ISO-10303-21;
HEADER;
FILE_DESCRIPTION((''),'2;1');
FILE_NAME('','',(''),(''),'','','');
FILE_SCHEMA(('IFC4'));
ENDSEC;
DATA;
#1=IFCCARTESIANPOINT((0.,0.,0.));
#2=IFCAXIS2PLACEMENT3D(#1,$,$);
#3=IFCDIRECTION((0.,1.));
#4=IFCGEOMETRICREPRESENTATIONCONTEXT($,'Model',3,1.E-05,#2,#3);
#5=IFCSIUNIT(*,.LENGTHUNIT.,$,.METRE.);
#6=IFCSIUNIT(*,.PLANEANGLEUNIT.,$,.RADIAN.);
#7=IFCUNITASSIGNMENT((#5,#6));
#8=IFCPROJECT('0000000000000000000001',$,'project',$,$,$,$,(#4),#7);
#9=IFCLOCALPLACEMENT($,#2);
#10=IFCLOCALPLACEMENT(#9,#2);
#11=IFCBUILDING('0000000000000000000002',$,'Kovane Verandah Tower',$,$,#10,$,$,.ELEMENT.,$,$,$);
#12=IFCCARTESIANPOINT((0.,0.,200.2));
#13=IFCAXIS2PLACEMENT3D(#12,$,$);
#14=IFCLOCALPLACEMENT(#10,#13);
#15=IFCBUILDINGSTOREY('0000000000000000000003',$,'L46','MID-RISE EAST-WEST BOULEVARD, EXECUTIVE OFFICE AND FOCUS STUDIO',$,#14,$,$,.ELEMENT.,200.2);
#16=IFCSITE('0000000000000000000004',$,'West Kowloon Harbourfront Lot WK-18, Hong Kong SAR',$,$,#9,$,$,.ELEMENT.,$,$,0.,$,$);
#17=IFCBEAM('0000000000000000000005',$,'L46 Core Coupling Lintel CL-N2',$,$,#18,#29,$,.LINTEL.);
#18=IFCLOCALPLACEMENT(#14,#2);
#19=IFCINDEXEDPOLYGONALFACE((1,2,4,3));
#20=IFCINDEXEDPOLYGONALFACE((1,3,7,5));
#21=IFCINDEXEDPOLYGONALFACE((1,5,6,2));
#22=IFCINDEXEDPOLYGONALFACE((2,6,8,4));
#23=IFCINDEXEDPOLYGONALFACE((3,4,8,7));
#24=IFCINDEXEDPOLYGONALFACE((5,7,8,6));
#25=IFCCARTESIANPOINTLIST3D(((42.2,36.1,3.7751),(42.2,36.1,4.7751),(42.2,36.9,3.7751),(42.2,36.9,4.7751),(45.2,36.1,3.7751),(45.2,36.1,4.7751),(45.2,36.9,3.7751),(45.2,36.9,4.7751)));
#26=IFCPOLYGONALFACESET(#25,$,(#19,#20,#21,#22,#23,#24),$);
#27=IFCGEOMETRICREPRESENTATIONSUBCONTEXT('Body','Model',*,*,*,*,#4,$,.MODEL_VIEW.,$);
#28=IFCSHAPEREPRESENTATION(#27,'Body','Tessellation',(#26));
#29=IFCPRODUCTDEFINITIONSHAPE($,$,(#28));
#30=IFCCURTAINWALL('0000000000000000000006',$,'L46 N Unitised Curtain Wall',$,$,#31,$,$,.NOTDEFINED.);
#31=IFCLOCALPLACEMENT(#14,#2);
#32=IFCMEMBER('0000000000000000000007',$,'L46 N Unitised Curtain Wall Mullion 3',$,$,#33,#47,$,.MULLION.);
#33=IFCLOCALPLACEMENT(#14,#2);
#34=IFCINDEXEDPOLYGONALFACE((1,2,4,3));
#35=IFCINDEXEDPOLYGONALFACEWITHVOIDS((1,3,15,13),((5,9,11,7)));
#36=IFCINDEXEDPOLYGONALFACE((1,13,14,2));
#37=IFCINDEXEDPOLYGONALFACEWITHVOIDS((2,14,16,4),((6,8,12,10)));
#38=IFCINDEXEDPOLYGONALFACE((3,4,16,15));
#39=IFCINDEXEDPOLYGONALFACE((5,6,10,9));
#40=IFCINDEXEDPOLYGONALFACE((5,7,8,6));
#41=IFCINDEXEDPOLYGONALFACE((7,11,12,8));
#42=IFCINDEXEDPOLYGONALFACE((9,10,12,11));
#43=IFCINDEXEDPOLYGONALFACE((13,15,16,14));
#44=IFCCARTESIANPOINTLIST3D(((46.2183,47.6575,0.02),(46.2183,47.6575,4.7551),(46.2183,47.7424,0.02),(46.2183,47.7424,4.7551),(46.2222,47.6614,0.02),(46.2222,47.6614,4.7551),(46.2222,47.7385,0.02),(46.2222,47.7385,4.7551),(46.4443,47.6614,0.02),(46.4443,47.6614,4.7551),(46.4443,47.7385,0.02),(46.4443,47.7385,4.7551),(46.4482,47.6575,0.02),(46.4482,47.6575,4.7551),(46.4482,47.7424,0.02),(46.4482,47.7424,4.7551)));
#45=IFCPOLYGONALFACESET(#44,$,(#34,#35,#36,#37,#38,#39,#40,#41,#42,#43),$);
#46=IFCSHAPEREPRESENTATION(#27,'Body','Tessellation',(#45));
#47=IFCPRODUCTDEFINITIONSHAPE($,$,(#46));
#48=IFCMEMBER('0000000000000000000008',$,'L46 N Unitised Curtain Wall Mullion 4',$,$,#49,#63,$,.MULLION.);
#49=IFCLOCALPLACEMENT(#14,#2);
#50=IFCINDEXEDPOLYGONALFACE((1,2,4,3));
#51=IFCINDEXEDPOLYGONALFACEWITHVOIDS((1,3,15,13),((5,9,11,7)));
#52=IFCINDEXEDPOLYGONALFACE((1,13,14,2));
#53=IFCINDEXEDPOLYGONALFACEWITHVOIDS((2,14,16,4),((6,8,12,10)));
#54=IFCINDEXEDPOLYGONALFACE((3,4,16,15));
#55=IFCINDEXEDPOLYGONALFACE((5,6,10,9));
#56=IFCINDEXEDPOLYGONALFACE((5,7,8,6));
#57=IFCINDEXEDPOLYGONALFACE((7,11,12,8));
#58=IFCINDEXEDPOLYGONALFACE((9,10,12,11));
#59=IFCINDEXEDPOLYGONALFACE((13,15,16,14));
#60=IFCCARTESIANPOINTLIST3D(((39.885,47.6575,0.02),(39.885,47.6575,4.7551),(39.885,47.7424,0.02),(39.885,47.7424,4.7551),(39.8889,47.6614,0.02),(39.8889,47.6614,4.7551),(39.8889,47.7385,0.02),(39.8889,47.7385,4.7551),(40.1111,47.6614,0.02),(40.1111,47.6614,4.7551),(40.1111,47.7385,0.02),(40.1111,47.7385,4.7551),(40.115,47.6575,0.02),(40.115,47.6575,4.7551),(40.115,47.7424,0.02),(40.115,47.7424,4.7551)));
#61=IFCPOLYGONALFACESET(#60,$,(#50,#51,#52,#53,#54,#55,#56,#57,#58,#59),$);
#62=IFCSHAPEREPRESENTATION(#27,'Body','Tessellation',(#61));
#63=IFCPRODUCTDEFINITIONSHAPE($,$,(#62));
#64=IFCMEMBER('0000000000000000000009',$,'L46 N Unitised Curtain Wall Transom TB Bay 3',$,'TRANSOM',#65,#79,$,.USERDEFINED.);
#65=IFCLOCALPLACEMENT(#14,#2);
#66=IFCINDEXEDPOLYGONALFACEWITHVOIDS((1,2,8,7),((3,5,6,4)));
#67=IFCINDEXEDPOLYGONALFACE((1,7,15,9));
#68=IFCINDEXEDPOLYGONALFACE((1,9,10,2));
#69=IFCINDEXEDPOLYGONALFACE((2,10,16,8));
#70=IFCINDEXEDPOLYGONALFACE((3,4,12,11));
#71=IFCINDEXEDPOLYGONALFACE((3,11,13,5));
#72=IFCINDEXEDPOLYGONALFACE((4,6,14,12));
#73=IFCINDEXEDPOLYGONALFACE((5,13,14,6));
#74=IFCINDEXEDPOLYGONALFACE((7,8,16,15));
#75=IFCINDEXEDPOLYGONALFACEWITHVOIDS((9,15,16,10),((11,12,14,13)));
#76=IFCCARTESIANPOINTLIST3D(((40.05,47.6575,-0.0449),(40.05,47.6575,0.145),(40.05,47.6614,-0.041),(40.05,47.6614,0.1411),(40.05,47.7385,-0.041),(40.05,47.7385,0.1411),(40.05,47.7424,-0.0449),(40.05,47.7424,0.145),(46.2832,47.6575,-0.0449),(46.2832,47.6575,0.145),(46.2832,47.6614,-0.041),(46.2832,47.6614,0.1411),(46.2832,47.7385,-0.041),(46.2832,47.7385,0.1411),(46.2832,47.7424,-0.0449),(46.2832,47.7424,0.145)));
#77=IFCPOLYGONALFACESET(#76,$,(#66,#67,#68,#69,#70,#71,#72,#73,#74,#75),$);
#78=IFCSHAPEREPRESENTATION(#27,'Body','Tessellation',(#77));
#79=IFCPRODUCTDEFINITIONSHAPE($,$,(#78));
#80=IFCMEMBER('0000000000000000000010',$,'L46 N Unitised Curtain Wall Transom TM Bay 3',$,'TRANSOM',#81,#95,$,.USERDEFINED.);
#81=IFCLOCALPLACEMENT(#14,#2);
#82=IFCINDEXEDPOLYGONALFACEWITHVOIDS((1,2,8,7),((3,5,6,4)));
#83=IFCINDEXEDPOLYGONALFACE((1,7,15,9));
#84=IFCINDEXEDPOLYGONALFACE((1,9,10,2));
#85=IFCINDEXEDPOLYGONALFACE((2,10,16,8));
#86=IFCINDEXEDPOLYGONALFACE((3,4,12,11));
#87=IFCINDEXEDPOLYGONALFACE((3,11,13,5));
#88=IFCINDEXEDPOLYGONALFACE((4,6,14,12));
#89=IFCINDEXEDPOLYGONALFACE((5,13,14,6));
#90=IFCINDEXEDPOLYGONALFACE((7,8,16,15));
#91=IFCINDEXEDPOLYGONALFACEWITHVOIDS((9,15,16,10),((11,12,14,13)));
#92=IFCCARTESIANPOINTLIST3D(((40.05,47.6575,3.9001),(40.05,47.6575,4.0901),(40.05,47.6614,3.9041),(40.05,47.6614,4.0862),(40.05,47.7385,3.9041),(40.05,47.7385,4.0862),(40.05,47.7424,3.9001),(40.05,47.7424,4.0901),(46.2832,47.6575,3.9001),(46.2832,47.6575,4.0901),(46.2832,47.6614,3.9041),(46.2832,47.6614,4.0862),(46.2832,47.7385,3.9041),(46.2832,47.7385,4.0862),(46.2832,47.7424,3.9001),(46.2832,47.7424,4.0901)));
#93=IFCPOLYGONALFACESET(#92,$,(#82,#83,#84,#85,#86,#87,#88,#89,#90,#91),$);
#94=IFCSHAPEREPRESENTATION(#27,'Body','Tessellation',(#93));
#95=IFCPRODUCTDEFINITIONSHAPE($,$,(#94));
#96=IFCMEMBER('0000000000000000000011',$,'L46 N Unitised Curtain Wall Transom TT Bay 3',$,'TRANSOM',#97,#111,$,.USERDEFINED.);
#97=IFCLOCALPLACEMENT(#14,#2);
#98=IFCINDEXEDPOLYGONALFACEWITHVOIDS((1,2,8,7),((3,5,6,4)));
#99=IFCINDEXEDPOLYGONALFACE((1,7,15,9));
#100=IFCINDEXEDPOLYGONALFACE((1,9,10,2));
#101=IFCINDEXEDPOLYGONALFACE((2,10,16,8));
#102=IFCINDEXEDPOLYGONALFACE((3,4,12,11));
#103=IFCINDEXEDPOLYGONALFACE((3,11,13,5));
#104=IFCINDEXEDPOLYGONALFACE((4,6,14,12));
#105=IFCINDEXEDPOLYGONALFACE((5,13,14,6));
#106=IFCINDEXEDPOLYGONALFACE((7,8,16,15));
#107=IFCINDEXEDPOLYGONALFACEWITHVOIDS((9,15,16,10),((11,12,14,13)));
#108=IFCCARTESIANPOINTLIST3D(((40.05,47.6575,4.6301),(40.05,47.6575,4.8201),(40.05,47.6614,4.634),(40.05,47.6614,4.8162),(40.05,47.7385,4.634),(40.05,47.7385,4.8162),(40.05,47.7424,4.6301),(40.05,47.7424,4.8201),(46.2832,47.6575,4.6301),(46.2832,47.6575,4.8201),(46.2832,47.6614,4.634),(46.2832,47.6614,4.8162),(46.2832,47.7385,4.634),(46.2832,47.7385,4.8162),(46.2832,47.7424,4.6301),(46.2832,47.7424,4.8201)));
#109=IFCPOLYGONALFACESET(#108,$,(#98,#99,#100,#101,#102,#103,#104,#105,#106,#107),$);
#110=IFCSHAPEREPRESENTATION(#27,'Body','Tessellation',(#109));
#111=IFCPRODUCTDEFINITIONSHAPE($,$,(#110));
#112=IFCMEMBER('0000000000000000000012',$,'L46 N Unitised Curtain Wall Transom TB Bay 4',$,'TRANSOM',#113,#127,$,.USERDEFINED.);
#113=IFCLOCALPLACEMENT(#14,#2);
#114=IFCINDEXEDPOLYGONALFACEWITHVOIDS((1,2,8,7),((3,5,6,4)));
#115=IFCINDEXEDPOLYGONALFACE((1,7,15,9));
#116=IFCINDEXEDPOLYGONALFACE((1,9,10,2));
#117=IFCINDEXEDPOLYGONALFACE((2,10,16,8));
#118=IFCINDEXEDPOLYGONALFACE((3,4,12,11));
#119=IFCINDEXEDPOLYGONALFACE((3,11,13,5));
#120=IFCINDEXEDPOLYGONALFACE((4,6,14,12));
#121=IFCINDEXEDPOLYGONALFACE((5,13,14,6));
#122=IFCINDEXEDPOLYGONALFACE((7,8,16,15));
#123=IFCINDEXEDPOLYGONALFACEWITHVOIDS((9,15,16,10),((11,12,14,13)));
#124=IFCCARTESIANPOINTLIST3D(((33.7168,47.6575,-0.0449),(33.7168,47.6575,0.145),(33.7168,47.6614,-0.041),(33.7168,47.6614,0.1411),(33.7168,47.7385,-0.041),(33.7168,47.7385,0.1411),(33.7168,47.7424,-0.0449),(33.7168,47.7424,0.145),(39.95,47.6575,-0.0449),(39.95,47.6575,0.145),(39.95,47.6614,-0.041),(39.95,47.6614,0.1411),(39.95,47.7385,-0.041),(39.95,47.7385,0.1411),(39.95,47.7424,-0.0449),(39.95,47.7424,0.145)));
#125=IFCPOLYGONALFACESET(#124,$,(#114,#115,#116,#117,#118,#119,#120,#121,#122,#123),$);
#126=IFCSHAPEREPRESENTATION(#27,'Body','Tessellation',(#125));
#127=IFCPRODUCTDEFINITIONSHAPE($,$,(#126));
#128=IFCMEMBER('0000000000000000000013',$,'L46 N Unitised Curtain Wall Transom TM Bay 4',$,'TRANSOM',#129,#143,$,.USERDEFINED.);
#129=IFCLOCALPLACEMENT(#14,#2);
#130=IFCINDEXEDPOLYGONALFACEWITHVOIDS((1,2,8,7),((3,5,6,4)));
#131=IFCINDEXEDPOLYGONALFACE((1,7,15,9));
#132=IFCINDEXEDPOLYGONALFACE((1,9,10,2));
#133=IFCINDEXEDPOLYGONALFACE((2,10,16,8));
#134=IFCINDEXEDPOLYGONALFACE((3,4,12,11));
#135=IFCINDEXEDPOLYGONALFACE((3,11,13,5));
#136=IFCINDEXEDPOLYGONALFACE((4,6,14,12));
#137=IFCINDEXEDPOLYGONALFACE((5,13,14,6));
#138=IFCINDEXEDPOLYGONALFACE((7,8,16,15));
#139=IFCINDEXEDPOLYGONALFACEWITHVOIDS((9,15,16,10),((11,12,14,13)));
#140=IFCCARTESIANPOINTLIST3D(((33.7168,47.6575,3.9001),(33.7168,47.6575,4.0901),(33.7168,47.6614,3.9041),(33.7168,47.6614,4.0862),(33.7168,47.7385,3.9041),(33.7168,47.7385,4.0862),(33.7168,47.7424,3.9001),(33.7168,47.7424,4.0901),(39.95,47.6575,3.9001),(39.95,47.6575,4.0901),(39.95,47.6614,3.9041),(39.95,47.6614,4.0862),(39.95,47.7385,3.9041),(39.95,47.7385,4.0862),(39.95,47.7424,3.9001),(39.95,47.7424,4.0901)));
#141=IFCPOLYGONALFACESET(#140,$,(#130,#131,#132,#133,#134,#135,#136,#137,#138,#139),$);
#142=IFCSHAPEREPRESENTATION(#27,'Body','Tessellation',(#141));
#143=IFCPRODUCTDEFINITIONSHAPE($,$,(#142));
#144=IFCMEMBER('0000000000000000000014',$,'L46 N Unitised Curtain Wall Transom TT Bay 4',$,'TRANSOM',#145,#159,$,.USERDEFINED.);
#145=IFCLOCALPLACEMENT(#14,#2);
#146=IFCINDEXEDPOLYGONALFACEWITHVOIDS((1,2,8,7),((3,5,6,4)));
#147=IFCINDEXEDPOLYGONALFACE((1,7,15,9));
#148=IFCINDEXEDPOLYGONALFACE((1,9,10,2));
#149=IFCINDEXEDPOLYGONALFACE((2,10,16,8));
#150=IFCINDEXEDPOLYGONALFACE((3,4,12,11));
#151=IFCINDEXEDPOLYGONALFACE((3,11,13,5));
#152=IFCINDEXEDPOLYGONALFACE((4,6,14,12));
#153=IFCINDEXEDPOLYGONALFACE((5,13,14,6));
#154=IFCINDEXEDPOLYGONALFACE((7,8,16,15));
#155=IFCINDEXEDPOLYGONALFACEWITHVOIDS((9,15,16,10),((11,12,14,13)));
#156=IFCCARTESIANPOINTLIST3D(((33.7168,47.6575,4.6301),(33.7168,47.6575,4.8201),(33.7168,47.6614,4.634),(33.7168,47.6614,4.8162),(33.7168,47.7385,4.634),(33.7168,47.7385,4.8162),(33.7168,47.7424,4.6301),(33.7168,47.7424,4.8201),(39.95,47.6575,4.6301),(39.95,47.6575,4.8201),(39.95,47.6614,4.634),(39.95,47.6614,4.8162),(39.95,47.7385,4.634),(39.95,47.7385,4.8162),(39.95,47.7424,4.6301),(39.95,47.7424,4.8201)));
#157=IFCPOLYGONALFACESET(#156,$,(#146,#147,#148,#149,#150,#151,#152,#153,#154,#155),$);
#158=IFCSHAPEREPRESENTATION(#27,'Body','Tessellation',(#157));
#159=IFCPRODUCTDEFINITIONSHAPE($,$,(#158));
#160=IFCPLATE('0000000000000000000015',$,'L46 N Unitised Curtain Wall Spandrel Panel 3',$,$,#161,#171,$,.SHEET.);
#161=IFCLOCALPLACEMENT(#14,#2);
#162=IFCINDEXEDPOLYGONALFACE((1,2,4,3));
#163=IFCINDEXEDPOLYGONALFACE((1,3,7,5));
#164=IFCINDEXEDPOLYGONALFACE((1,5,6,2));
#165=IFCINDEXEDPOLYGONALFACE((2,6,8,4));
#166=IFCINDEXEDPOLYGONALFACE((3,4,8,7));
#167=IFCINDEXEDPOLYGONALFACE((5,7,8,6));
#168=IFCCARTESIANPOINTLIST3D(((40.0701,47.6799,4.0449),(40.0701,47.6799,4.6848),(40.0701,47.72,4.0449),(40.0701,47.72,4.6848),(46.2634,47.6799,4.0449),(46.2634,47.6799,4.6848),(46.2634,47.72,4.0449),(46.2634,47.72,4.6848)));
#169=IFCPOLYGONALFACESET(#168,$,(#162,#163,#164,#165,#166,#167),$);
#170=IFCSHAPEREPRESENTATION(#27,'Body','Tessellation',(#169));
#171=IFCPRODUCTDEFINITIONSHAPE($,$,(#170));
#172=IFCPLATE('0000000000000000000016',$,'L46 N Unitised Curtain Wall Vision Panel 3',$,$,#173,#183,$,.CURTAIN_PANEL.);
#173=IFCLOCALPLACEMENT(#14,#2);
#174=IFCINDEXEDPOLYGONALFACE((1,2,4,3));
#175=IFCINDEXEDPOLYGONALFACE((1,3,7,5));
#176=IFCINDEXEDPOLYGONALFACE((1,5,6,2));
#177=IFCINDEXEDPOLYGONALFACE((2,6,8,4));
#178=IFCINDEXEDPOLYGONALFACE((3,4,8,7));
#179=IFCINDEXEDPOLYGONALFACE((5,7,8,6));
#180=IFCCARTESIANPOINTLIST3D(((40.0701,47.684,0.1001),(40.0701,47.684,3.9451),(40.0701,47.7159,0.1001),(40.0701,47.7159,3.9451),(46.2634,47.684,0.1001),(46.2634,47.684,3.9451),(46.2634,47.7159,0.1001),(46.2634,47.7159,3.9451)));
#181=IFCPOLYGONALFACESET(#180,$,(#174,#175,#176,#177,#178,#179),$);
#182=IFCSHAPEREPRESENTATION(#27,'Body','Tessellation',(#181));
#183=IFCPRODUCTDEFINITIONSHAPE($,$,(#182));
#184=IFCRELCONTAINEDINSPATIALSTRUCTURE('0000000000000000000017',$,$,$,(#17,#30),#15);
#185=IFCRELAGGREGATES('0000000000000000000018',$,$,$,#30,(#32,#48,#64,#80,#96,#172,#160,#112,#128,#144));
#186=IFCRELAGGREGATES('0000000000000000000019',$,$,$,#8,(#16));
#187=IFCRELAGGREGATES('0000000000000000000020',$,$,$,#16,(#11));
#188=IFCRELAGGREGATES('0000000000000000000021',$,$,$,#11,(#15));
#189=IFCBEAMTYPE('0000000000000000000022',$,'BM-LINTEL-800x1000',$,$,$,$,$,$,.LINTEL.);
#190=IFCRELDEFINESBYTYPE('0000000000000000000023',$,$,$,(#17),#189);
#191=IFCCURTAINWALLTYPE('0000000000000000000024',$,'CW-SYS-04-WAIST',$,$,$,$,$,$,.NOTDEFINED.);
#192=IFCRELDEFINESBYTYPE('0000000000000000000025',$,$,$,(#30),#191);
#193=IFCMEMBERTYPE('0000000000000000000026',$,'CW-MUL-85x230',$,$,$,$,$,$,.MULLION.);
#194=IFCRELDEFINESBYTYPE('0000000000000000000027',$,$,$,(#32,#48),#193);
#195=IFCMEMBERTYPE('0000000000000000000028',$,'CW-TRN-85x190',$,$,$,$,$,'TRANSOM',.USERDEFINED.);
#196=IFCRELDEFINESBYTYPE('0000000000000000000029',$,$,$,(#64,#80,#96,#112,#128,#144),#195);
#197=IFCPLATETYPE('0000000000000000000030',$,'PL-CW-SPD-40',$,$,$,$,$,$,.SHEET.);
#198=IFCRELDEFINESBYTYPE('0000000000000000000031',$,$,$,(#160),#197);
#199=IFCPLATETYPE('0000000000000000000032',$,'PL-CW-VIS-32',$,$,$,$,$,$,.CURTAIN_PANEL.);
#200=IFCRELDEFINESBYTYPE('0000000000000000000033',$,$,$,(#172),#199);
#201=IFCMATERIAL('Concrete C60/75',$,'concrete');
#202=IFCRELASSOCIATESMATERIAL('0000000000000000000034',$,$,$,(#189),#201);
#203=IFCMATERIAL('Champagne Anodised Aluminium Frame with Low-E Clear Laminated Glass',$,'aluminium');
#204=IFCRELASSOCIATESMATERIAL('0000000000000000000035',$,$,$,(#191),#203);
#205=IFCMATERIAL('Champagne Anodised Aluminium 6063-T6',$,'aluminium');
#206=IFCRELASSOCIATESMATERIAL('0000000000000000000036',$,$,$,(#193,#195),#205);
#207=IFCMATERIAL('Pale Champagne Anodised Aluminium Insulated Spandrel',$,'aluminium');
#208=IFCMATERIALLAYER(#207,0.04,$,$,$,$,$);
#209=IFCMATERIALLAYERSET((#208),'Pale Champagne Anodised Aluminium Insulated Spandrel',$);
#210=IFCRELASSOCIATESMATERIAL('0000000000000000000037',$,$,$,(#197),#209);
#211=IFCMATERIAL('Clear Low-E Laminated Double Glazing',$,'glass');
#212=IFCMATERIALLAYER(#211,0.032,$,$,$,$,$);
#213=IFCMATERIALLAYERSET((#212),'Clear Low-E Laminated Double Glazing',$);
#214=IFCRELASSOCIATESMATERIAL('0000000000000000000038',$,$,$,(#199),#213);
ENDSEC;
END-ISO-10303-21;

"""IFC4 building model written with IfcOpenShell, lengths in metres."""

from ifc_helpers import new_model, si_unit, direction, frame, origin, origin_2d, place, context, subcontext, project, spatial, rectangle, hollow_rectangle, extrude, material, layer, layer_set, material_profile, profile_set, type_object, element, aggregate, save


model = new_model("IFC4")

# Units and contexts
model_context = context("Model", 3, precision=1e-05, world=origin(), true_north=direction((0.0, 1.0)))
body_context = subcontext(model_context, "Body", "Model", "MODEL_VIEW")
ifc_project = project(units=[si_unit("LENGTHUNIT", "METRE"), si_unit("PLANEANGLEUNIT", "RADIAN")], contexts=[model_context])

# Site, building, storey
site_placement = place(None, origin())
site = spatial("IfcSite", under=ifc_project, at=site_placement, Name="West Kowloon Harbourfront Lot WK-18, Hong Kong SAR", CompositionType="ELEMENT", RefElevation=0.0)
building_placement = place(site_placement, origin())
building = spatial("IfcBuilding", under=site, at=building_placement, Name="Kovane Verandah Tower", CompositionType="ELEMENT")
storey_placement = place(building_placement, frame((0.0, 0.0, 200.2)))
storey = spatial("IfcBuildingStorey", under=building, at=storey_placement, Name="L46", Description="MID-RISE EAST-WEST BOULEVARD, EXECUTIVE OFFICE AND FOCUS STUDIO", CompositionType="ELEMENT", Elevation=200.2)

# Beam
ifc_material_1 = material(Name="Concrete C60/75", Category="concrete")
ifc_material_profile_1 = material_profile(ifc_material_1, rectangle(XDim=0.8, YDim=1.0, at=origin_2d()), Name="RCB800x1000")
ifc_profile_set_1 = profile_set([ifc_material_profile_1], Name="Concrete C60/75")
beam_type = type_object("IfcBeamType", Name="BM-LINTEL-800x1000", PredefinedType="LINTEL", material=ifc_profile_set_1)
beam_placement = place(storey_placement, frame((42.2, 36.5, 4.2751), z_axis=(1.0, 0.0, 0.0), x_axis=(0.0, 1.0, 0.0)))
element("IfcBeam", 1, at=beam_placement, inside=storey, type_object=beam_type, Name="L46 Core Coupling Lintel CL-N2", PredefinedType="LINTEL", context=body_context, shape_type="SweptSolid", body=[
    extrude(rectangle(XDim=0.8, YDim=1.0, at=origin_2d()), origin(), (0.0, 0.0, 1.0), 3.0),
])

# Curtain wall, members, plates
ifc_material_2 = material(Name="Champagne Anodised Aluminium Frame with Low-E Clear Laminated Glass", Category="aluminium")
curtain_wall_type = type_object("IfcCurtainWallType", Name="CW-SYS-04-WAIST", PredefinedType="NOTDEFINED", material=ifc_material_2)
curtain_wall_placement = place(storey_placement, origin())
curtain_wall = element("IfcCurtainWall", 2, at=curtain_wall_placement, inside=storey, type_object=curtain_wall_type, Name="L46 N Unitised Curtain Wall", PredefinedType="NOTDEFINED")
ifc_material_3 = material(Name="Champagne Anodised Aluminium 6063-T6", Category="aluminium")
ifc_material_profile_2 = material_profile(ifc_material_3, hollow_rectangle(XDim=0.085, YDim=0.23, WallThickness=0.0039, at=origin_2d()), Name="AL85x230x4")
ifc_profile_set_2 = profile_set([ifc_material_profile_2], Name="Champagne Anodised Aluminium 6063-T6")
member_type_1 = type_object("IfcMemberType", Name="CW-MUL-85x230", PredefinedType="MULLION", material=ifc_profile_set_2)
member_1_placement = place(storey_placement, frame((46.3333, 47.7, 0.02), z_axis=(0.0, 0.0, 1.0), x_axis=(0.0, 1.0, 0.0)))
member_1 = element("IfcMember", 3, at=member_1_placement, type_object=member_type_1, Name="L46 N Unitised Curtain Wall Mullion 3", PredefinedType="MULLION", context=body_context, shape_type="SweptSolid", body=[
    extrude(hollow_rectangle(XDim=0.085, YDim=0.23, WallThickness=0.0039, at=origin_2d()), origin(), (0.0, 0.0, 1.0), 4.7351),
])
member_2_placement = place(storey_placement, frame((40.0, 47.7, 0.02), z_axis=(0.0, 0.0, 1.0), x_axis=(0.0, 1.0, 0.0)))
member_2 = element("IfcMember", 4, at=member_2_placement, type_object=member_type_1, Name="L46 N Unitised Curtain Wall Mullion 4", PredefinedType="MULLION", context=body_context, shape_type="SweptSolid", body=[
    extrude(hollow_rectangle(XDim=0.085, YDim=0.23, WallThickness=0.0039, at=origin_2d()), origin(), (0.0, 0.0, 1.0), 4.7351),
])
ifc_material_profile_3 = material_profile(ifc_material_3, hollow_rectangle(XDim=0.085, YDim=0.1899, WallThickness=0.0039, at=origin_2d()), Name="AL85x190x4")
ifc_profile_set_3 = profile_set([ifc_material_profile_3], Name="Champagne Anodised Aluminium 6063-T6")
member_type_2 = type_object("IfcMemberType", Name="CW-TRN-85x190", ElementType="TRANSOM", PredefinedType="USERDEFINED", material=ifc_profile_set_3)
member_3_placement = place(storey_placement, frame((46.2832, 47.7, 0.05), z_axis=(-1.0, 0.0, 0.0), x_axis=(0.0, -1.0, 0.0)))
member_3 = element("IfcMember", 5, at=member_3_placement, type_object=member_type_2, Name="L46 N Unitised Curtain Wall Transom TB Bay 3", ObjectType="TRANSOM", PredefinedType="USERDEFINED", context=body_context, shape_type="SweptSolid", body=[
    extrude(hollow_rectangle(XDim=0.085, YDim=0.1899, WallThickness=0.0039, at=origin_2d()), origin(), (0.0, 0.0, 1.0), 6.2332),
])
member_4_placement = place(storey_placement, frame((46.2832, 47.7, 3.9951), z_axis=(-1.0, 0.0, 0.0), x_axis=(0.0, -1.0, 0.0)))
member_4 = element("IfcMember", 6, at=member_4_placement, type_object=member_type_2, Name="L46 N Unitised Curtain Wall Transom TM Bay 3", ObjectType="TRANSOM", PredefinedType="USERDEFINED", context=body_context, shape_type="SweptSolid", body=[
    extrude(hollow_rectangle(XDim=0.085, YDim=0.1899, WallThickness=0.0039, at=origin_2d()), origin(), (0.0, 0.0, 1.0), 6.2332),
])
member_5_placement = place(storey_placement, frame((46.2832, 47.7, 4.7251), z_axis=(-1.0, 0.0, 0.0), x_axis=(0.0, -1.0, 0.0)))
member_5 = element("IfcMember", 7, at=member_5_placement, type_object=member_type_2, Name="L46 N Unitised Curtain Wall Transom TT Bay 3", ObjectType="TRANSOM", PredefinedType="USERDEFINED", context=body_context, shape_type="SweptSolid", body=[
    extrude(hollow_rectangle(XDim=0.085, YDim=0.1899, WallThickness=0.0039, at=origin_2d()), origin(), (0.0, 0.0, 1.0), 6.2332),
])
member_6_placement = place(storey_placement, frame((39.95, 47.7, 0.05), z_axis=(-1.0, 0.0, 0.0), x_axis=(0.0, -1.0, 0.0)))
member_6 = element("IfcMember", 8, at=member_6_placement, type_object=member_type_2, Name="L46 N Unitised Curtain Wall Transom TB Bay 4", ObjectType="TRANSOM", PredefinedType="USERDEFINED", context=body_context, shape_type="SweptSolid", body=[
    extrude(hollow_rectangle(XDim=0.085, YDim=0.1899, WallThickness=0.0039, at=origin_2d()), origin(), (0.0, 0.0, 1.0), 6.2332),
])
member_7_placement = place(storey_placement, frame((39.95, 47.7, 3.9951), z_axis=(-1.0, 0.0, 0.0), x_axis=(0.0, -1.0, 0.0)))
member_7 = element("IfcMember", 9, at=member_7_placement, type_object=member_type_2, Name="L46 N Unitised Curtain Wall Transom TM Bay 4", ObjectType="TRANSOM", PredefinedType="USERDEFINED", context=body_context, shape_type="SweptSolid", body=[
    extrude(hollow_rectangle(XDim=0.085, YDim=0.1899, WallThickness=0.0039, at=origin_2d()), origin(), (0.0, 0.0, 1.0), 6.2332),
])
member_8_placement = place(storey_placement, frame((39.95, 47.7, 4.7251), z_axis=(-1.0, 0.0, 0.0), x_axis=(0.0, -1.0, 0.0)))
member_8 = element("IfcMember", 10, at=member_8_placement, type_object=member_type_2, Name="L46 N Unitised Curtain Wall Transom TT Bay 4", ObjectType="TRANSOM", PredefinedType="USERDEFINED", context=body_context, shape_type="SweptSolid", body=[
    extrude(hollow_rectangle(XDim=0.085, YDim=0.1899, WallThickness=0.0039, at=origin_2d()), origin(), (0.0, 0.0, 1.0), 6.2332),
])
ifc_material_4 = material(Name="Pale Champagne Anodised Aluminium Insulated Spandrel", Category="aluminium")
ifc_layer_1 = layer(ifc_material_4, 0.04)
ifc_layer_set_1 = layer_set([ifc_layer_1], Name="Pale Champagne Anodised Aluminium Insulated Spandrel")
plate_type_1 = type_object("IfcPlateType", Name="PL-CW-SPD-40", PredefinedType="SHEET", material=ifc_layer_set_1)
plate_1_placement = place(storey_placement, frame((43.1667, 47.7, 4.0449), z_axis=(0.0, 0.0, 1.0), x_axis=(-1.0, 0.0, 0.0)))
plate_1 = element("IfcPlate", 11, at=plate_1_placement, type_object=plate_type_1, Name="L46 N Unitised Curtain Wall Spandrel Panel 3", PredefinedType="SHEET", context=body_context, shape_type="SweptSolid", body=[
    extrude(rectangle(XDim=6.1934, YDim=0.04, at=origin_2d()), origin(), (0.0, 0.0, 1.0), 0.6399),
])
ifc_material_5 = material(Name="Clear Low-E Laminated Double Glazing", Category="glass")
ifc_layer_2 = layer(ifc_material_5, 0.032)
ifc_layer_set_2 = layer_set([ifc_layer_2], Name="Clear Low-E Laminated Double Glazing")
plate_type_2 = type_object("IfcPlateType", Name="PL-CW-VIS-32", PredefinedType="CURTAIN_PANEL", material=ifc_layer_set_2)
plate_2_placement = place(storey_placement, frame((43.1667, 47.7, 0.1001), z_axis=(0.0, 0.0, 1.0), x_axis=(-1.0, 0.0, 0.0)))
plate_2 = element("IfcPlate", 12, at=plate_2_placement, type_object=plate_type_2, Name="L46 N Unitised Curtain Wall Vision Panel 3", PredefinedType="CURTAIN_PANEL", context=body_context, shape_type="SweptSolid", body=[
    extrude(rectangle(XDim=6.1934, YDim=0.032, at=origin_2d()), origin(), (0.0, 0.0, 1.0), 3.845),
])
aggregate(curtain_wall, [member_1, member_2, member_3, member_4, member_5, plate_2, plate_1, member_6, member_7, member_8])

save(model, "model.ifc")
